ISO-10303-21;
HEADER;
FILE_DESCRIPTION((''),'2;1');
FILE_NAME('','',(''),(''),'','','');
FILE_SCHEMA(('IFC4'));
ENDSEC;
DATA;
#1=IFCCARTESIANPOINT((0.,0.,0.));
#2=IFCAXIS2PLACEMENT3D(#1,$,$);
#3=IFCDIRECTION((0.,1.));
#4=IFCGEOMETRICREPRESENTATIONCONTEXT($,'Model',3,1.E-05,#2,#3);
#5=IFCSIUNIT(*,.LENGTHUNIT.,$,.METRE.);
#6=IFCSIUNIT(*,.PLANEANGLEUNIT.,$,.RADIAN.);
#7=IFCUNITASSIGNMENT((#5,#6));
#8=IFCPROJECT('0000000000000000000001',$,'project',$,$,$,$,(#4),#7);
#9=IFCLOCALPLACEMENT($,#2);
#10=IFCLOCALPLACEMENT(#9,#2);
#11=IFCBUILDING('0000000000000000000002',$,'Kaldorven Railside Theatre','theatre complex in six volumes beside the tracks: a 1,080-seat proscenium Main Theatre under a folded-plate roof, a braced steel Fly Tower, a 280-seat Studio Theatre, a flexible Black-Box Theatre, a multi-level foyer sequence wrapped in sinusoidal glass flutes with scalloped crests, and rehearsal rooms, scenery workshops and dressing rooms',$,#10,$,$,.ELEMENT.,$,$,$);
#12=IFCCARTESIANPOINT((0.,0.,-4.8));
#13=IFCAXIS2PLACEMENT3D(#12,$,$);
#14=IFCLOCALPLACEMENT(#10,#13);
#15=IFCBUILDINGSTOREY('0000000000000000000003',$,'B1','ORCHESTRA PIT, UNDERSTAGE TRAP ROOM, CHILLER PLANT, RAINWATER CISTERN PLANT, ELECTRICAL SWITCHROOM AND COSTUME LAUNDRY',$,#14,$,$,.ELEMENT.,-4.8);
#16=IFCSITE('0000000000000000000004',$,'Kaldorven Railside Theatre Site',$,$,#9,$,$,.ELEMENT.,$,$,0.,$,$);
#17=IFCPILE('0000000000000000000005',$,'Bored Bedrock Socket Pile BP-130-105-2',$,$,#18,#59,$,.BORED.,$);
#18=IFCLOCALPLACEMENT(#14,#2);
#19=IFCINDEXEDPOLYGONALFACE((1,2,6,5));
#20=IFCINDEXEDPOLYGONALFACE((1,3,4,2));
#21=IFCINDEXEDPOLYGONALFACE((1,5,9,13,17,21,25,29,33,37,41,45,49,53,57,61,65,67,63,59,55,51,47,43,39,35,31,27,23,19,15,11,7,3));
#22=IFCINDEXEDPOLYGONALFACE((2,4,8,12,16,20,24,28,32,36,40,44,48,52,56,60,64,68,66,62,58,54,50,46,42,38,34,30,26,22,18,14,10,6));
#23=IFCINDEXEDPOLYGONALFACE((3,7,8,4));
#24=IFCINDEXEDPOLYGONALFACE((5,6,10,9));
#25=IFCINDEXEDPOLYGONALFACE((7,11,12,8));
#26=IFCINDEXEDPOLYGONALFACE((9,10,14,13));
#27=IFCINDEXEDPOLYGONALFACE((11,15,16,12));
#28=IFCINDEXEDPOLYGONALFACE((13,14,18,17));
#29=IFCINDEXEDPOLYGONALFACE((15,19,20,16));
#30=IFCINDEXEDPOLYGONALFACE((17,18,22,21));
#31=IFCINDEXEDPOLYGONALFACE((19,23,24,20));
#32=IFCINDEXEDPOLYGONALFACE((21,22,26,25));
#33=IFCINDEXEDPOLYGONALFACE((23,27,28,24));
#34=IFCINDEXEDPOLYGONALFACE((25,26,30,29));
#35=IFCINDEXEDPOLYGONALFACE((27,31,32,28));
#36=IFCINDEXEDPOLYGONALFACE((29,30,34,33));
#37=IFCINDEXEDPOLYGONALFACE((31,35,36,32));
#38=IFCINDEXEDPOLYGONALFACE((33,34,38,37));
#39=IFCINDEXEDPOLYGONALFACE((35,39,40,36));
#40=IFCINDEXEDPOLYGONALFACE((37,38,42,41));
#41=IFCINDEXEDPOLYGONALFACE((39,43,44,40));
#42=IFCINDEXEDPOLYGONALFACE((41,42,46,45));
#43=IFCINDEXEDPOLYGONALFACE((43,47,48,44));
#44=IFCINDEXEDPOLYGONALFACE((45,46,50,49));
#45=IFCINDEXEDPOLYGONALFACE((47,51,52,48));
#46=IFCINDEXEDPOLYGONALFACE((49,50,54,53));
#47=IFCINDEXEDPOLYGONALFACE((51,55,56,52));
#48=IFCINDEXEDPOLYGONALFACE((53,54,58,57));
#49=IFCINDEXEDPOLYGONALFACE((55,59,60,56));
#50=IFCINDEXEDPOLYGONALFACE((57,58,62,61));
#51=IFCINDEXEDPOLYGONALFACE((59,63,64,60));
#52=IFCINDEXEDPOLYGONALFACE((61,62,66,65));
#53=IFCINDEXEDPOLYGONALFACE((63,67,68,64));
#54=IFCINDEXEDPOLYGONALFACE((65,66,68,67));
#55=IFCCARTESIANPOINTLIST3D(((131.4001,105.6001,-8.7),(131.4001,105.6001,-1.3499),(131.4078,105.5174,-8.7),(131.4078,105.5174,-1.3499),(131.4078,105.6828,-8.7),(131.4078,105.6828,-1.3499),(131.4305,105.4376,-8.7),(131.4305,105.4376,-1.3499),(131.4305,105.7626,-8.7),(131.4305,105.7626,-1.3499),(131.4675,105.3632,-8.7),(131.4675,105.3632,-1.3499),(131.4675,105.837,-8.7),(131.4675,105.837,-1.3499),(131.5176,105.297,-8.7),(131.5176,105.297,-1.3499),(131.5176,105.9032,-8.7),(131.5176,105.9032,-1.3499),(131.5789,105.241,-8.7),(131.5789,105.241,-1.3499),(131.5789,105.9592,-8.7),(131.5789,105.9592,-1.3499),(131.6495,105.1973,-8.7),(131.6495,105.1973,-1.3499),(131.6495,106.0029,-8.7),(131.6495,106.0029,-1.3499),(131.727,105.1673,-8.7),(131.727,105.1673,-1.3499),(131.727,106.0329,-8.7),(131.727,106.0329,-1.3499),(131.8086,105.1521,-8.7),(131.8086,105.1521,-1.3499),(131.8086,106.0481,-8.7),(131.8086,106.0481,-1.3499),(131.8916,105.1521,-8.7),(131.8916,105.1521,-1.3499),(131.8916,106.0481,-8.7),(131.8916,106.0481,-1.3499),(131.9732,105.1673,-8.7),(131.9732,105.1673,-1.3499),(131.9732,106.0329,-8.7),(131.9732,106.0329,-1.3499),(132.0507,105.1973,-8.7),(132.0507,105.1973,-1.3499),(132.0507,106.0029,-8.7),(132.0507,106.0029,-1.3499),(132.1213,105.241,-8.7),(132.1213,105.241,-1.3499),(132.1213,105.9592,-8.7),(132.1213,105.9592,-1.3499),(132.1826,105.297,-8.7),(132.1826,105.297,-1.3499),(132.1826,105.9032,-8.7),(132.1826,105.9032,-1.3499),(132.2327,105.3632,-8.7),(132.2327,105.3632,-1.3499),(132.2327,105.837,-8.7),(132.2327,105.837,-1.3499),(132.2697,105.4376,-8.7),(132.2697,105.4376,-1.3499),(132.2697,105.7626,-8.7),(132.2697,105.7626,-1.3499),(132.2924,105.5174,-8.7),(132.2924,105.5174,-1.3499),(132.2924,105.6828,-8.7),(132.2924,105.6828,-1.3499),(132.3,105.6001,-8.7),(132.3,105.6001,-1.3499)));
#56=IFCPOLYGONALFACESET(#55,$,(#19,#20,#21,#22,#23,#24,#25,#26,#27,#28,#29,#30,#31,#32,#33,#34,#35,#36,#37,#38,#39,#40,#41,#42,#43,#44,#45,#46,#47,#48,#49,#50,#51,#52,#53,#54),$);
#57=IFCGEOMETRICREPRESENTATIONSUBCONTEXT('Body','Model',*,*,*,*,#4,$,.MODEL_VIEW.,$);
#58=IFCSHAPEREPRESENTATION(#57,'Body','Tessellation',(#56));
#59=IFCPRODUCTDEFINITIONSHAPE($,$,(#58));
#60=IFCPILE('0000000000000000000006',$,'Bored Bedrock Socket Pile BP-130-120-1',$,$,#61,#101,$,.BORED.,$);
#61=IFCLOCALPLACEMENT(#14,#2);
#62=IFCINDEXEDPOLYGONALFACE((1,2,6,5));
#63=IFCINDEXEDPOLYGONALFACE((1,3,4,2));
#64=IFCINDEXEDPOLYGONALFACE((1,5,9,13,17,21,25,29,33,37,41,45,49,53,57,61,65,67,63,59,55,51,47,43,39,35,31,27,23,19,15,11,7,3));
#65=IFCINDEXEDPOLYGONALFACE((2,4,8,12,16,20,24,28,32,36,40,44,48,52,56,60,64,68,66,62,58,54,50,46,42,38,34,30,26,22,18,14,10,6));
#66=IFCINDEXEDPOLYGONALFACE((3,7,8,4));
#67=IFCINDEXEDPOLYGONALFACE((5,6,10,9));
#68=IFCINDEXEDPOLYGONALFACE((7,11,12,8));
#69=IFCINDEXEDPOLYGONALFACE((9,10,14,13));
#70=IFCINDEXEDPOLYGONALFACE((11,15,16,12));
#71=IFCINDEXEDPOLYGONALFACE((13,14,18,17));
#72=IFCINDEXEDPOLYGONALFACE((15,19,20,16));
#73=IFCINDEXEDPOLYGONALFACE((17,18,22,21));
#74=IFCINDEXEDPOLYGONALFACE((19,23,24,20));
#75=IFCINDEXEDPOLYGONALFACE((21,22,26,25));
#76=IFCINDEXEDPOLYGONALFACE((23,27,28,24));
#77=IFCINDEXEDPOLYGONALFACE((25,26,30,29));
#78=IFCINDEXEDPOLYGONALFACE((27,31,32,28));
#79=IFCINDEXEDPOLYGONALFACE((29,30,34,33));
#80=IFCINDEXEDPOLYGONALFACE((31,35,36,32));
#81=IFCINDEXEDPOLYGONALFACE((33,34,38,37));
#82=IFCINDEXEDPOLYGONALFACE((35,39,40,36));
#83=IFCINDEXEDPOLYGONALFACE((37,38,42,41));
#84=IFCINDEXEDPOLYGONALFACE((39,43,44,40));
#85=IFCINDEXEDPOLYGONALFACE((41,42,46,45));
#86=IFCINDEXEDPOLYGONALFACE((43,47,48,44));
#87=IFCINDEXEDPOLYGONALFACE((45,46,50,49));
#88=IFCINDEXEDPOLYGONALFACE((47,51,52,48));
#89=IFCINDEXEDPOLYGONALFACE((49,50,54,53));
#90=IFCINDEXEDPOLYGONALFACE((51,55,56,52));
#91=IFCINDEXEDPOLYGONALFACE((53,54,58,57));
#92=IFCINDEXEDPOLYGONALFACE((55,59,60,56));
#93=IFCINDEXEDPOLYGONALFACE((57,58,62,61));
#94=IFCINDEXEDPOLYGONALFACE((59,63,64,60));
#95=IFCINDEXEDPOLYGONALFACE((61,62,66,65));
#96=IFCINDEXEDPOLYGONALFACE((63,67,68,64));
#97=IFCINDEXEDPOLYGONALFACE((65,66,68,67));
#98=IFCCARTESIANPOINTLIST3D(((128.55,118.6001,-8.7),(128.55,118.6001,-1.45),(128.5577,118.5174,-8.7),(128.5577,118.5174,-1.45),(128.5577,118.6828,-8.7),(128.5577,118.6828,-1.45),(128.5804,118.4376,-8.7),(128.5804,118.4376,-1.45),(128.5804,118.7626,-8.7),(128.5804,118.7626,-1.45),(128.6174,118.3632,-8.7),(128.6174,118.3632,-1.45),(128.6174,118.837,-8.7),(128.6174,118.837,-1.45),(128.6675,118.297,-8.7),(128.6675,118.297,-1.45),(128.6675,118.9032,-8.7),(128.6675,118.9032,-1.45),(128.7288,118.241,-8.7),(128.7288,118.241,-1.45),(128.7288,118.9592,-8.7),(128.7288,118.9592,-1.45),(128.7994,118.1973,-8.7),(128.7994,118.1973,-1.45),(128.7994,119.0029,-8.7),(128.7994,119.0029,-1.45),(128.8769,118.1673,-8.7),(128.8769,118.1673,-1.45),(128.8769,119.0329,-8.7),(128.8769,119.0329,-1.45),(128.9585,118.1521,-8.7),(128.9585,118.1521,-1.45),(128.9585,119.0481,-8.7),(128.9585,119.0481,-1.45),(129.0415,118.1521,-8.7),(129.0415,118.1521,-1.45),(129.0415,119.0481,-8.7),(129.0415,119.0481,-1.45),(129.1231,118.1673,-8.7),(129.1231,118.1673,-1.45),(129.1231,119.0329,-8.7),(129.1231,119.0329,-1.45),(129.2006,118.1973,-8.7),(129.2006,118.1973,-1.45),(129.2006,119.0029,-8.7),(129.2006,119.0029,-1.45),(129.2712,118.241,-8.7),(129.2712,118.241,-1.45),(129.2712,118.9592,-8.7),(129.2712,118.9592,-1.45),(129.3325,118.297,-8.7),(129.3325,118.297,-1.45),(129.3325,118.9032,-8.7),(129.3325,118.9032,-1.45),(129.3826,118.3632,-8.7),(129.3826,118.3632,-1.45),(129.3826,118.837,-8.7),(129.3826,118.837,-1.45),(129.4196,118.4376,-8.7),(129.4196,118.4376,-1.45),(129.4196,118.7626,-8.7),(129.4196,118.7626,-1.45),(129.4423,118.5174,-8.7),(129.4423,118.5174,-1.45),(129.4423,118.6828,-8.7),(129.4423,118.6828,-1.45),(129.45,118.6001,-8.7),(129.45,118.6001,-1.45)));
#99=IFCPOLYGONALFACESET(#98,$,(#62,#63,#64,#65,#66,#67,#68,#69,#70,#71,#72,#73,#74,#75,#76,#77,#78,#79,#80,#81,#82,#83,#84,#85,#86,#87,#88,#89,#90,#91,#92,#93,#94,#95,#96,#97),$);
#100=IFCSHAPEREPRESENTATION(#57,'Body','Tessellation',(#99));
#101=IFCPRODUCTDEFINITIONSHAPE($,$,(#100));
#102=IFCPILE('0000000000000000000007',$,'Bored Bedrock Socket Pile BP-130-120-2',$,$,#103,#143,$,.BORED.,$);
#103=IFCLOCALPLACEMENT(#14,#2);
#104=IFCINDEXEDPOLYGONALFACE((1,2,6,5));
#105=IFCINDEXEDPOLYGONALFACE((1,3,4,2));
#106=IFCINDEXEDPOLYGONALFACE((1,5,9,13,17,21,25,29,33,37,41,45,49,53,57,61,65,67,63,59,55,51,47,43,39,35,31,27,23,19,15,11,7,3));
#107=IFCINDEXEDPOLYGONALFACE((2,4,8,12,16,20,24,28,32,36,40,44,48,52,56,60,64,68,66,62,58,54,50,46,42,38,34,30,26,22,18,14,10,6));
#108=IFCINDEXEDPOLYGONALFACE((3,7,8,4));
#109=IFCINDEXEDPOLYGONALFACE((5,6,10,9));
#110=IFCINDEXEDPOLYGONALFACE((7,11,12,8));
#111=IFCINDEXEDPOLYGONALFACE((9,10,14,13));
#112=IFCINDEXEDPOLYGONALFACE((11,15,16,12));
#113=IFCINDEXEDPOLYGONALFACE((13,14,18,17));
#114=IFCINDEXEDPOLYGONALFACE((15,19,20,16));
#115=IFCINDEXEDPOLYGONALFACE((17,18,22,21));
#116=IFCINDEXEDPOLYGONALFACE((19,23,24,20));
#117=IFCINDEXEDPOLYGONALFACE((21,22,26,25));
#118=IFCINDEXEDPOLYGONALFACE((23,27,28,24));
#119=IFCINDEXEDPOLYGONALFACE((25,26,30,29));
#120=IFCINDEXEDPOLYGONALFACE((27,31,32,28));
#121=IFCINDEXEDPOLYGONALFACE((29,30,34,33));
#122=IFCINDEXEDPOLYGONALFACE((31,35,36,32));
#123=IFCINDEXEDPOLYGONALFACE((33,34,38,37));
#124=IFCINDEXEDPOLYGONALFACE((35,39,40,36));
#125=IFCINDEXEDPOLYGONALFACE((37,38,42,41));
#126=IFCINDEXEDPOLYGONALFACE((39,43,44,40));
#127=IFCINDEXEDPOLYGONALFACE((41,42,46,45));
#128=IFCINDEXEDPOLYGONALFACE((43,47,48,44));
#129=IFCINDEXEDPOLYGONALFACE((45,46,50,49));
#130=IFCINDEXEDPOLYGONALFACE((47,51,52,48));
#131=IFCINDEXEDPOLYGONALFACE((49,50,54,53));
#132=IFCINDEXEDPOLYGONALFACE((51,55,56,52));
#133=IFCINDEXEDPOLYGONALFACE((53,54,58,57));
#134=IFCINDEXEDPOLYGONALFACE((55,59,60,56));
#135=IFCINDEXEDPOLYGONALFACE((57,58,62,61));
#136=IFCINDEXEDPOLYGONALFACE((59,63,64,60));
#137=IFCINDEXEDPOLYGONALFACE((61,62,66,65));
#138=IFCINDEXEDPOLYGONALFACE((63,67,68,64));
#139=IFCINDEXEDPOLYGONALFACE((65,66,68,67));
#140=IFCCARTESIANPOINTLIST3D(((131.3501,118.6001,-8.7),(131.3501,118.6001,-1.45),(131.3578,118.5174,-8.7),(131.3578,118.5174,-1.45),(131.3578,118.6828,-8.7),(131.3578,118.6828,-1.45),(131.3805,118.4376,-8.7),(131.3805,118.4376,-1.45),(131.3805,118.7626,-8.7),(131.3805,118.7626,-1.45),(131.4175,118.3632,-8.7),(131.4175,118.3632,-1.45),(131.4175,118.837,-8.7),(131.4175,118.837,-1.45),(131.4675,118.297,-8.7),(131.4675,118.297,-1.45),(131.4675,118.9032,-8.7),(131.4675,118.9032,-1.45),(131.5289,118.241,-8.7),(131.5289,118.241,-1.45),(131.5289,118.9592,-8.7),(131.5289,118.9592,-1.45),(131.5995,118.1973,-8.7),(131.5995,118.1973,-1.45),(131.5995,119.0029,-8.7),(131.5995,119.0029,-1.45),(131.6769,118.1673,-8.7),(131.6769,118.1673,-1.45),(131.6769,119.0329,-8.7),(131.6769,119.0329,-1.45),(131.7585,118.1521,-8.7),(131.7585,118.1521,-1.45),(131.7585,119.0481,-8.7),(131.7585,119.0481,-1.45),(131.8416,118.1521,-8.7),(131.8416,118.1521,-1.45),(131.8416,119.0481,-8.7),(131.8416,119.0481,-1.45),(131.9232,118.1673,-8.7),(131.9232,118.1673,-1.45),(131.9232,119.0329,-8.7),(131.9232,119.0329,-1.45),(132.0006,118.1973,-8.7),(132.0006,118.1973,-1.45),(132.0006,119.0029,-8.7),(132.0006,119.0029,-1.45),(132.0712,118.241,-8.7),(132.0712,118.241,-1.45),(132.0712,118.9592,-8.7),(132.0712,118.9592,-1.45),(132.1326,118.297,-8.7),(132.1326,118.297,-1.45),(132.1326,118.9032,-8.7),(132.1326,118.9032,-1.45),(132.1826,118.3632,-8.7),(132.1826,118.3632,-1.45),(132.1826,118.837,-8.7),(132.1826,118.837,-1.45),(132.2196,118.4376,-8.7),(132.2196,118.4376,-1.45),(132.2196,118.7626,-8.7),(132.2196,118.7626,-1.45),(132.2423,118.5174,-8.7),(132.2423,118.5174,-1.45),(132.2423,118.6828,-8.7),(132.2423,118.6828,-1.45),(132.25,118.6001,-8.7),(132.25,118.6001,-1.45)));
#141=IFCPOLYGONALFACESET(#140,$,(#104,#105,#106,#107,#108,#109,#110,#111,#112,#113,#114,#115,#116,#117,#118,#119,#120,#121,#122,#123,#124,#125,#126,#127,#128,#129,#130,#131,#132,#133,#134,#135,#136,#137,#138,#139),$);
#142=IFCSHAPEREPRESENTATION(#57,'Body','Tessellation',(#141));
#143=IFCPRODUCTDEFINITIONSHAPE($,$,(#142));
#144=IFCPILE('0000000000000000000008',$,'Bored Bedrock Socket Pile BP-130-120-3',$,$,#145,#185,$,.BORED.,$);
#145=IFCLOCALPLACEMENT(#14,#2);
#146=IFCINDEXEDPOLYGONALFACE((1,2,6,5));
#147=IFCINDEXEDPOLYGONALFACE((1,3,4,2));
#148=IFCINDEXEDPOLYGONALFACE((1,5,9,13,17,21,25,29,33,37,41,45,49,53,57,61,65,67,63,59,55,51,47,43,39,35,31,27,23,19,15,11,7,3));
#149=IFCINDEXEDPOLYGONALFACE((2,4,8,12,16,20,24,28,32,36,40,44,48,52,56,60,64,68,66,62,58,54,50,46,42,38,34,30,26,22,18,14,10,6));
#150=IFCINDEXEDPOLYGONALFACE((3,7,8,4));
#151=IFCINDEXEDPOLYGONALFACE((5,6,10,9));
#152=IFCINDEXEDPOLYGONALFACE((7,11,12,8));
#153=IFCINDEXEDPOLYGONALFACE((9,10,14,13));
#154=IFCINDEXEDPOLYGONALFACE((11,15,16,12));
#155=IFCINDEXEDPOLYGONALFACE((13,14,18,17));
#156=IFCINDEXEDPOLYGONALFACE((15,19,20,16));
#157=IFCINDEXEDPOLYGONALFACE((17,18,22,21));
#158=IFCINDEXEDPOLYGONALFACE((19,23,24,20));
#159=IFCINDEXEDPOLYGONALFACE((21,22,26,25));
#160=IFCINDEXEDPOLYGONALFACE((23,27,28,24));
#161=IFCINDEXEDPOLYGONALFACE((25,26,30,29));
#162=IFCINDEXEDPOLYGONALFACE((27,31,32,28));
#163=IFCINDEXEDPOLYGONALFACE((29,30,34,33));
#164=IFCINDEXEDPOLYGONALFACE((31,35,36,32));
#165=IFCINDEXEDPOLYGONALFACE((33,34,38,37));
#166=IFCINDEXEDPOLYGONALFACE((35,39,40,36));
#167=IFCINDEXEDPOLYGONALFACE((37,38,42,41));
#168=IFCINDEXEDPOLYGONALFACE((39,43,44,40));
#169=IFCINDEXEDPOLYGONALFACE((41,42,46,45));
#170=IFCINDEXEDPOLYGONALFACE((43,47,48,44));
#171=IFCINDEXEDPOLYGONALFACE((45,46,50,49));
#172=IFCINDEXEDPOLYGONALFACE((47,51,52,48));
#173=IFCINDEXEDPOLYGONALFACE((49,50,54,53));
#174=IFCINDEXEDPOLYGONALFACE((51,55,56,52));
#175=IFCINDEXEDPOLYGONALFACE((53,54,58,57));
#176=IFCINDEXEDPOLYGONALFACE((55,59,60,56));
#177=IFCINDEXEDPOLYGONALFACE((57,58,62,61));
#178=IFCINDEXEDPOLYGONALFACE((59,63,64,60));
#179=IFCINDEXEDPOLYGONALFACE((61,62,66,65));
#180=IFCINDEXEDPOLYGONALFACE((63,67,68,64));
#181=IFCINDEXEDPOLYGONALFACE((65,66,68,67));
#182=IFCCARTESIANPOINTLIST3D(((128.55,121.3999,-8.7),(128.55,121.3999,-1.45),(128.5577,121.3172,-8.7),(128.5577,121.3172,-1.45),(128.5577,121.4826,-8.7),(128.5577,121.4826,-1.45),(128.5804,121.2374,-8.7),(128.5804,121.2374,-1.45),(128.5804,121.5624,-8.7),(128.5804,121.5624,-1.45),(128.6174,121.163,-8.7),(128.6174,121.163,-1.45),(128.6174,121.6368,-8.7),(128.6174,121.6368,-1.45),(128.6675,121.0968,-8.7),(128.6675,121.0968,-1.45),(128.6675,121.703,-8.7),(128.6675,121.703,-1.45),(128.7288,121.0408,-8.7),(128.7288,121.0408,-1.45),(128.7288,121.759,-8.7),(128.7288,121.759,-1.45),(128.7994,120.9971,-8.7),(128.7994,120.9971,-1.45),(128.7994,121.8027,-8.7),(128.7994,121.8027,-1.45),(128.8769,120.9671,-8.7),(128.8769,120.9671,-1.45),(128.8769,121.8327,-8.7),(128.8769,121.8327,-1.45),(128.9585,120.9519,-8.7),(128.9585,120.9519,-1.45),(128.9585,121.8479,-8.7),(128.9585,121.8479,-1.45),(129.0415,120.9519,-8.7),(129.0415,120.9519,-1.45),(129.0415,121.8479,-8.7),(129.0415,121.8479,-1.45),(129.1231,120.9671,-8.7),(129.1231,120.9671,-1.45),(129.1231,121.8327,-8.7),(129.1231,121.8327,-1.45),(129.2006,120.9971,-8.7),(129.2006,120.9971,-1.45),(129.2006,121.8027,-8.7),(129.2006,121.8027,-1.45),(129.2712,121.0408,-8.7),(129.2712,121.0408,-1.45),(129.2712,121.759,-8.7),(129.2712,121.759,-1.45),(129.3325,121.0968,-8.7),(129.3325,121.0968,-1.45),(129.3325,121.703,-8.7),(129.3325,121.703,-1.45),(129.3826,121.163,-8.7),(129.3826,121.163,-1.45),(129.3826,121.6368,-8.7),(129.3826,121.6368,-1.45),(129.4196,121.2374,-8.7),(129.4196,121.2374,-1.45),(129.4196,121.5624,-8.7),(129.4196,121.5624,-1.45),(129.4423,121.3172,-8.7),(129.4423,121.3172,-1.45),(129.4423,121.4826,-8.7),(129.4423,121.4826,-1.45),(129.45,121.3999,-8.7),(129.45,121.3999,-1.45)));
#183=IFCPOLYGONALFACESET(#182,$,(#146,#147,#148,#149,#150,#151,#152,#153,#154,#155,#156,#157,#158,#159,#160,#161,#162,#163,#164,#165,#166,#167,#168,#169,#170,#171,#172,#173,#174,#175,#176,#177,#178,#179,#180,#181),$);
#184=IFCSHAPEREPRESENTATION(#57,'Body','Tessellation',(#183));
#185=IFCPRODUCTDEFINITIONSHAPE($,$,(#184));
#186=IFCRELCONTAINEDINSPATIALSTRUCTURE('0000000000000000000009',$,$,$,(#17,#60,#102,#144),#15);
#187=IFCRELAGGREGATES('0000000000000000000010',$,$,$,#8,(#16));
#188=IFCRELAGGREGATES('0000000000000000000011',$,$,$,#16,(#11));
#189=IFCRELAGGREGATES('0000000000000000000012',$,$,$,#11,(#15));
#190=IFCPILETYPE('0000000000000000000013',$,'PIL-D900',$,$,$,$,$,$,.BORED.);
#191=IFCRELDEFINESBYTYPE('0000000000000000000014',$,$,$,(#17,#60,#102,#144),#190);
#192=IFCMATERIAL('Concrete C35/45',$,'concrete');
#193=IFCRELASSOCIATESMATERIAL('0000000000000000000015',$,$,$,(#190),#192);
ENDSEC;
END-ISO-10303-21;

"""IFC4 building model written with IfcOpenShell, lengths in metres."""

from ifc_helpers import new_model, si_unit, direction, frame, origin, origin_2d, place, context, subcontext, project, spatial, circle, extrude, material, material_profile, profile_set, type_object, element, save


model = new_model("IFC4")

# Units and contexts
model_context = context("Model", 3, precision=1e-05, world=origin(), true_north=direction((0.0, 1.0)))
body_context = subcontext(model_context, "Body", "Model", "MODEL_VIEW")
ifc_project = project(units=[si_unit("LENGTHUNIT", "METRE"), si_unit("PLANEANGLEUNIT", "RADIAN")], contexts=[model_context])

# Site, building, storey
site_placement = place(None, origin())
site = spatial("IfcSite", under=ifc_project, at=site_placement, Name="Kaldorven Railside Theatre Site", CompositionType="ELEMENT", RefElevation=0.0)
building_placement = place(site_placement, origin())
building = spatial("IfcBuilding", under=site, at=building_placement, Name="Kaldorven Railside Theatre", Description="theatre complex in six volumes beside the tracks: a 1,080-seat proscenium Main Theatre under a folded-plate roof, a braced steel Fly Tower, a 280-seat Studio Theatre, a flexible Black-Box Theatre, a multi-level foyer sequence wrapped in sinusoidal glass flutes with scalloped crests, and rehearsal rooms, scenery workshops and dressing rooms", CompositionType="ELEMENT")
storey_placement = place(building_placement, frame((0.0, 0.0, -4.8)))
storey = spatial("IfcBuildingStorey", under=building, at=storey_placement, Name="B1", Description="ORCHESTRA PIT, UNDERSTAGE TRAP ROOM, CHILLER PLANT, RAINWATER CISTERN PLANT, ELECTRICAL SWITCHROOM AND COSTUME LAUNDRY", CompositionType="ELEMENT", Elevation=-4.8)

# Piles
ifc_material_1 = material(Name="Concrete C35/45", Category="concrete")
ifc_material_profile_1 = material_profile(ifc_material_1, circle(Radius=0.45, at=origin_2d()), Name="BP D900")
ifc_profile_set_1 = profile_set([ifc_material_profile_1], Name="Concrete C35/45")
pile_type_1 = type_object("IfcPileType", Name="PIL-D900", PredefinedType="BORED", material=ifc_profile_set_1)
for number, where, z_axis, x_axis, name in (
    (1, (131.8501, 105.6001, -1.3499), (0.0, 0.0, -1.0), (1.0, 0.0, 0.0), "Bored Bedrock Socket Pile BP-130-105-2"),
):
    element("IfcPile", number, at=place(storey_placement, frame(where, z_axis=z_axis, x_axis=x_axis)), inside=storey, type_object=pile_type_1, Name=name, PredefinedType="BORED", context=body_context, shape_type="SweptSolid", body=[
        extrude(circle(Radius=0.45, at=origin_2d()), origin(), (0.0, 0.0, 1.0), 7.3501),
    ])
for number, where, z_axis, x_axis, name in (
    (2, (129.0, 118.6001, -1.45), (0.0, 0.0, -1.0), (1.0, 0.0, 0.0), "Bored Bedrock Socket Pile BP-130-120-1"),
    (3, (131.8, 118.6001, -1.45), (0.0, 0.0, -1.0), (1.0, 0.0, 0.0), "Bored Bedrock Socket Pile BP-130-120-2"),
    (4, (129.0, 121.3999, -1.45), (0.0, 0.0, -1.0), (1.0, 0.0, 0.0), "Bored Bedrock Socket Pile BP-130-120-3"),
):
    element("IfcPile", number, at=place(storey_placement, frame(where, z_axis=z_axis, x_axis=x_axis)), inside=storey, type_object=pile_type_1, Name=name, PredefinedType="BORED", context=body_context, shape_type="SweptSolid", body=[
        extrude(circle(Radius=0.45, at=origin_2d()), origin(), (0.0, 0.0, 1.0), 7.25),
    ])

save(model, "model.ifc")
